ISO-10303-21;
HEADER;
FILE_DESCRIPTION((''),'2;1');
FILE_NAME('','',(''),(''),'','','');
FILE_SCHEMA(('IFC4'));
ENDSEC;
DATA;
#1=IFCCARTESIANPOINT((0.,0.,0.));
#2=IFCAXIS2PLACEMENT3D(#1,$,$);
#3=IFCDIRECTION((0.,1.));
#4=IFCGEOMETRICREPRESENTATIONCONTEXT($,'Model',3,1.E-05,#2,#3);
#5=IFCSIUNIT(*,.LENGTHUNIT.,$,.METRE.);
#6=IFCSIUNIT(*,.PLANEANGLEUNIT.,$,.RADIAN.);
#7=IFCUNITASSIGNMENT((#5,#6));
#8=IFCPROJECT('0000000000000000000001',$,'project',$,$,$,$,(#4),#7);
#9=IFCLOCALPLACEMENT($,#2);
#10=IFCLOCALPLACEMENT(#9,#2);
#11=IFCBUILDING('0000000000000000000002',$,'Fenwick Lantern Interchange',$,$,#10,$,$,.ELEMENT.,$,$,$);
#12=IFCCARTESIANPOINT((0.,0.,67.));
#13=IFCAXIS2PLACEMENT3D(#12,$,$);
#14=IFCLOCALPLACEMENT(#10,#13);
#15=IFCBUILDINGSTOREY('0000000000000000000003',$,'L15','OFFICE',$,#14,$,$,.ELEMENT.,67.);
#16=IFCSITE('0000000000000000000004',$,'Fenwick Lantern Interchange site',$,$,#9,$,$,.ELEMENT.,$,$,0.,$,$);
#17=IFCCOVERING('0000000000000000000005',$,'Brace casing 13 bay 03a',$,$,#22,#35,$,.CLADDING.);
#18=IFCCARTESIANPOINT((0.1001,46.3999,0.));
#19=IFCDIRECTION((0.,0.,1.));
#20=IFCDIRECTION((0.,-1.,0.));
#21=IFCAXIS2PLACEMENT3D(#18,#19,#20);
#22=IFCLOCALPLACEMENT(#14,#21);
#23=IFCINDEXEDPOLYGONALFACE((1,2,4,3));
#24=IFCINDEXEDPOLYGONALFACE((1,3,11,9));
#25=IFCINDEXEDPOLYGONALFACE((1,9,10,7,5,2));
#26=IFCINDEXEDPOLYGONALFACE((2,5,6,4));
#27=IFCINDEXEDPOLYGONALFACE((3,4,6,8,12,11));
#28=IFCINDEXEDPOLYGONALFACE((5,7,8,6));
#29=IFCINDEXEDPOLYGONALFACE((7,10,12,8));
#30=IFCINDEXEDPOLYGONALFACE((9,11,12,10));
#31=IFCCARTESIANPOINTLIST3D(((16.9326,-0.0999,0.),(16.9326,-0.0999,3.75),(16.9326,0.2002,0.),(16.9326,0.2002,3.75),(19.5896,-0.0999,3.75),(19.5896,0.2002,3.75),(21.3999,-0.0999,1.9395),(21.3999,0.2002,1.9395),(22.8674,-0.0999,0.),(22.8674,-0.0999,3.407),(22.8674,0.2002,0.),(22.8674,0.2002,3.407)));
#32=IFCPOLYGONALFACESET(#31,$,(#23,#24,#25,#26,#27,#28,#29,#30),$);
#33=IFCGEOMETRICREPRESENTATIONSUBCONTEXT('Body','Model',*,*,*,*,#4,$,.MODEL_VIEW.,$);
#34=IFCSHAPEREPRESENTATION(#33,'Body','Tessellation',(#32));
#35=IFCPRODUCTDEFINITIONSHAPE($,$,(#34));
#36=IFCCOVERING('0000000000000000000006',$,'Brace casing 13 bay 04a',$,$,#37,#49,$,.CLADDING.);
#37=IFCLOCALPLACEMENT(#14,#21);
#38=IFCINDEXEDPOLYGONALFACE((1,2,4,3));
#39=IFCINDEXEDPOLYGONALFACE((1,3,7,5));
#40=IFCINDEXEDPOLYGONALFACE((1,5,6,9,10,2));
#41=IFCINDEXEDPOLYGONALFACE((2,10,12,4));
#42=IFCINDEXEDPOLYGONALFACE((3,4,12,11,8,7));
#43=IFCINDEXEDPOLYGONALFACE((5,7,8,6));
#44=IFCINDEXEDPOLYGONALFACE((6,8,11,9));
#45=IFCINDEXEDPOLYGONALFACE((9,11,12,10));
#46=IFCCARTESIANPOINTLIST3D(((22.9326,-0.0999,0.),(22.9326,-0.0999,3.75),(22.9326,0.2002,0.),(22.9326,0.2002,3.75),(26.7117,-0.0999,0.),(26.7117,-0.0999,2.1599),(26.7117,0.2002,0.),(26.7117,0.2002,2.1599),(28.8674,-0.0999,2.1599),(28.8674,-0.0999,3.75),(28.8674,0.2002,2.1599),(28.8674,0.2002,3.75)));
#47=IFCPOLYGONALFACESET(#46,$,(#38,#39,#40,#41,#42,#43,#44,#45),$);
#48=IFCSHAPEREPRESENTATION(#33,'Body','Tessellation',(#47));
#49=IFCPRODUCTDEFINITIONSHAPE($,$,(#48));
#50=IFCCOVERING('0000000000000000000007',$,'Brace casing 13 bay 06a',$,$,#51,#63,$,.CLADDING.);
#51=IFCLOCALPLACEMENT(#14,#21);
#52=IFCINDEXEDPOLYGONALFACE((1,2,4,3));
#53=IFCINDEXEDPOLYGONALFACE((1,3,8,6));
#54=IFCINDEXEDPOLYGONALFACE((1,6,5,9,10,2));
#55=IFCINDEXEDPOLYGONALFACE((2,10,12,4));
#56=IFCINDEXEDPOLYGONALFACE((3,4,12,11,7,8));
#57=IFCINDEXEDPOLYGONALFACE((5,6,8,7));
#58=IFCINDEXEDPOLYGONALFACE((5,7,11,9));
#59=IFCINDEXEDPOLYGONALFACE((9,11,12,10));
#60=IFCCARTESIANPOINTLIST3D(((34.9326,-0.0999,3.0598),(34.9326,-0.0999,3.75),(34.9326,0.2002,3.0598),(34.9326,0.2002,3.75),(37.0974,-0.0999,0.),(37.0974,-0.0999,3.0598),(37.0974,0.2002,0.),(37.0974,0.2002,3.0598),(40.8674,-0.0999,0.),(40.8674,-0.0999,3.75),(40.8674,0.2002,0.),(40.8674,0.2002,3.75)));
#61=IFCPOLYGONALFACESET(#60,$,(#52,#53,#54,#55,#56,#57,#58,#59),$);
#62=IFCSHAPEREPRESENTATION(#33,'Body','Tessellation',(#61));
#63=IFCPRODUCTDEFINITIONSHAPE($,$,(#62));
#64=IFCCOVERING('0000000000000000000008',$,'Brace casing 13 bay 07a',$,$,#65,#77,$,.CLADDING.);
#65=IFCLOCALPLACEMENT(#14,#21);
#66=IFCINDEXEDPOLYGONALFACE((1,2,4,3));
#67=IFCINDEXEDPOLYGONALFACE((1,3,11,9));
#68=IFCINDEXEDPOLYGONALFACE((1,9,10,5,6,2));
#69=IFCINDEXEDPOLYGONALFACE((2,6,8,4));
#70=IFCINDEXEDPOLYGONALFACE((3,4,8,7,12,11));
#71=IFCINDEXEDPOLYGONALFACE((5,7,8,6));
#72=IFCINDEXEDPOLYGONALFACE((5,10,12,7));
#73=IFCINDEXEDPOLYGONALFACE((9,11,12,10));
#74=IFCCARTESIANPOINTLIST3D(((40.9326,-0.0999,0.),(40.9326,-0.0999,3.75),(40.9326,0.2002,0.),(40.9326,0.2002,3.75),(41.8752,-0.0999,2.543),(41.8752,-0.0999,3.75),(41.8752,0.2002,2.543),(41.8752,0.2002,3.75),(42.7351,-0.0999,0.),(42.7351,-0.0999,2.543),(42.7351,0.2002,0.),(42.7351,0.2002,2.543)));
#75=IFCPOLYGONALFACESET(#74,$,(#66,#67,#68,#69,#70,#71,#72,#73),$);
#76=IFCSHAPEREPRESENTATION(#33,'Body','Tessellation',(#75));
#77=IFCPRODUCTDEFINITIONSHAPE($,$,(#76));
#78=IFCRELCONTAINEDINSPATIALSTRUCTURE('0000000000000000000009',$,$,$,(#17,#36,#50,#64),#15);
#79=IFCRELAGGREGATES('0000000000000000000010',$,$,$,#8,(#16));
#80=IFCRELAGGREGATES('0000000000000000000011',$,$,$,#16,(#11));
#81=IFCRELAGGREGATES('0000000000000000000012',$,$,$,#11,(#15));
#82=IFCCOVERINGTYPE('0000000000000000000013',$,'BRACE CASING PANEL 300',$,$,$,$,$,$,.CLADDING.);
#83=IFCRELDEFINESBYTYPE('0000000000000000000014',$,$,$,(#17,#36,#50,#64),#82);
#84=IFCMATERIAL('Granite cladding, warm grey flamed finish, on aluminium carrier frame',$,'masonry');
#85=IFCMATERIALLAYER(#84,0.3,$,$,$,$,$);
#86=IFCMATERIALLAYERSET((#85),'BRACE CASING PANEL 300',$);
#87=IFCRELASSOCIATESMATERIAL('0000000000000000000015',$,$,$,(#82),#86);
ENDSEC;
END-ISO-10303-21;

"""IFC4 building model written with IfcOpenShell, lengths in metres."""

from ifc_helpers import new_model, si_unit, direction, frame, origin, place, context, subcontext, project, spatial, polyline, outline, extrude, material, layer, layer_set, type_object, element, save


model = new_model("IFC4")

# Units and contexts
model_context = context("Model", 3, precision=1e-05, world=origin(), true_north=direction((0.0, 1.0)))
body_context = subcontext(model_context, "Body", "Model", "MODEL_VIEW")
ifc_project = project(units=[si_unit("LENGTHUNIT", "METRE"), si_unit("PLANEANGLEUNIT", "RADIAN")], contexts=[model_context])

# Site, building, storey
site_placement = place(None, origin())
site = spatial("IfcSite", under=ifc_project, at=site_placement, Name="Fenwick Lantern Interchange site", CompositionType="ELEMENT", RefElevation=0.0)
building_placement = place(site_placement, origin())
building = spatial("IfcBuilding", under=site, at=building_placement, Name="Fenwick Lantern Interchange", CompositionType="ELEMENT")
storey_placement = place(building_placement, frame((0.0, 0.0, 67.0)))
storey = spatial("IfcBuildingStorey", under=building, at=storey_placement, Name="L15", Description="OFFICE", CompositionType="ELEMENT", Elevation=67.0)

# Coverings
ifc_material_1 = material(Name="Granite cladding, warm grey flamed finish, on aluminium carrier frame", Category="masonry")
ifc_layer_1 = layer(ifc_material_1, 0.3)
ifc_layer_set_1 = layer_set([ifc_layer_1], Name="BRACE CASING PANEL 300")
covering_type = type_object("IfcCoveringType", Name="BRACE CASING PANEL 300", PredefinedType="CLADDING", material=ifc_layer_set_1)
covering_1_placement = place(storey_placement, frame((0.1001, 46.3999, 0.0), z_axis=(0.0, 0.0, 1.0), x_axis=(0.0, -1.0, 0.0)))
element("IfcCovering", 1, at=covering_1_placement, inside=storey, type_object=covering_type, Name="Brace casing 13 bay 03a", PredefinedType="CLADDING", context=body_context, shape_type="SweptSolid", body=[
    extrude(outline(polyline([(16.9326, 0.0), (22.8674, 0.0), (22.8674, 3.407), (21.3999, 1.9395), (19.5896, 3.75), (16.9326, 3.75), (16.9326, 0.0)])), frame((0.0, 0.2002, 0.0), z_axis=(0.0, -1.0, 0.0), x_axis=(1.0, 0.0, 0.0)), (0.0, 0.0, 1.0), 0.3),
])
covering_2_placement = place(storey_placement, frame((0.1001, 46.3999, 0.0), z_axis=(0.0, 0.0, 1.0), x_axis=(0.0, -1.0, 0.0)))
element("IfcCovering", 2, at=covering_2_placement, inside=storey, type_object=covering_type, Name="Brace casing 13 bay 04a", PredefinedType="CLADDING", context=body_context, shape_type="SweptSolid", body=[
    extrude(outline(polyline([(22.9326, 0.0), (26.7117, 0.0), (26.7117, 2.1599), (28.8674, 2.1599), (28.8674, 3.75), (22.9326, 3.75), (22.9326, 0.0)])), frame((0.0, 0.2002, 0.0), z_axis=(0.0, -1.0, 0.0), x_axis=(1.0, 0.0, 0.0)), (0.0, 0.0, 1.0), 0.3),
])
covering_3_placement = place(storey_placement, frame((0.1001, 46.3999, 0.0), z_axis=(0.0, 0.0, 1.0), x_axis=(0.0, -1.0, 0.0)))
element("IfcCovering", 3, at=covering_3_placement, inside=storey, type_object=covering_type, Name="Brace casing 13 bay 06a", PredefinedType="CLADDING", context=body_context, shape_type="SweptSolid", body=[
    extrude(outline(polyline([(37.0974, 0.0), (40.8674, 0.0), (40.8674, 3.75), (34.9326, 3.75), (34.9326, 3.0598), (37.0974, 3.0598), (37.0974, 0.0)])), frame((0.0, 0.2002, 0.0), z_axis=(0.0, -1.0, 0.0), x_axis=(1.0, 0.0, 0.0)), (0.0, 0.0, 1.0), 0.3),
])
covering_4_placement = place(storey_placement, frame((0.1001, 46.3999, 0.0), z_axis=(0.0, 0.0, 1.0), x_axis=(0.0, -1.0, 0.0)))
element("IfcCovering", 4, at=covering_4_placement, inside=storey, type_object=covering_type, Name="Brace casing 13 bay 07a", PredefinedType="CLADDING", context=body_context, shape_type="SweptSolid", body=[
    extrude(outline(polyline([(40.9326, 0.0), (42.7351, 0.0), (42.7351, 2.543), (41.8752, 2.543), (41.8752, 3.75), (40.9326, 3.75), (40.9326, 0.0)])), frame((0.0, 0.2002, 0.0), z_axis=(0.0, -1.0, 0.0), x_axis=(1.0, 0.0, 0.0)), (0.0, 0.0, 1.0), 0.3),
])

save(model, "model.ifc")
